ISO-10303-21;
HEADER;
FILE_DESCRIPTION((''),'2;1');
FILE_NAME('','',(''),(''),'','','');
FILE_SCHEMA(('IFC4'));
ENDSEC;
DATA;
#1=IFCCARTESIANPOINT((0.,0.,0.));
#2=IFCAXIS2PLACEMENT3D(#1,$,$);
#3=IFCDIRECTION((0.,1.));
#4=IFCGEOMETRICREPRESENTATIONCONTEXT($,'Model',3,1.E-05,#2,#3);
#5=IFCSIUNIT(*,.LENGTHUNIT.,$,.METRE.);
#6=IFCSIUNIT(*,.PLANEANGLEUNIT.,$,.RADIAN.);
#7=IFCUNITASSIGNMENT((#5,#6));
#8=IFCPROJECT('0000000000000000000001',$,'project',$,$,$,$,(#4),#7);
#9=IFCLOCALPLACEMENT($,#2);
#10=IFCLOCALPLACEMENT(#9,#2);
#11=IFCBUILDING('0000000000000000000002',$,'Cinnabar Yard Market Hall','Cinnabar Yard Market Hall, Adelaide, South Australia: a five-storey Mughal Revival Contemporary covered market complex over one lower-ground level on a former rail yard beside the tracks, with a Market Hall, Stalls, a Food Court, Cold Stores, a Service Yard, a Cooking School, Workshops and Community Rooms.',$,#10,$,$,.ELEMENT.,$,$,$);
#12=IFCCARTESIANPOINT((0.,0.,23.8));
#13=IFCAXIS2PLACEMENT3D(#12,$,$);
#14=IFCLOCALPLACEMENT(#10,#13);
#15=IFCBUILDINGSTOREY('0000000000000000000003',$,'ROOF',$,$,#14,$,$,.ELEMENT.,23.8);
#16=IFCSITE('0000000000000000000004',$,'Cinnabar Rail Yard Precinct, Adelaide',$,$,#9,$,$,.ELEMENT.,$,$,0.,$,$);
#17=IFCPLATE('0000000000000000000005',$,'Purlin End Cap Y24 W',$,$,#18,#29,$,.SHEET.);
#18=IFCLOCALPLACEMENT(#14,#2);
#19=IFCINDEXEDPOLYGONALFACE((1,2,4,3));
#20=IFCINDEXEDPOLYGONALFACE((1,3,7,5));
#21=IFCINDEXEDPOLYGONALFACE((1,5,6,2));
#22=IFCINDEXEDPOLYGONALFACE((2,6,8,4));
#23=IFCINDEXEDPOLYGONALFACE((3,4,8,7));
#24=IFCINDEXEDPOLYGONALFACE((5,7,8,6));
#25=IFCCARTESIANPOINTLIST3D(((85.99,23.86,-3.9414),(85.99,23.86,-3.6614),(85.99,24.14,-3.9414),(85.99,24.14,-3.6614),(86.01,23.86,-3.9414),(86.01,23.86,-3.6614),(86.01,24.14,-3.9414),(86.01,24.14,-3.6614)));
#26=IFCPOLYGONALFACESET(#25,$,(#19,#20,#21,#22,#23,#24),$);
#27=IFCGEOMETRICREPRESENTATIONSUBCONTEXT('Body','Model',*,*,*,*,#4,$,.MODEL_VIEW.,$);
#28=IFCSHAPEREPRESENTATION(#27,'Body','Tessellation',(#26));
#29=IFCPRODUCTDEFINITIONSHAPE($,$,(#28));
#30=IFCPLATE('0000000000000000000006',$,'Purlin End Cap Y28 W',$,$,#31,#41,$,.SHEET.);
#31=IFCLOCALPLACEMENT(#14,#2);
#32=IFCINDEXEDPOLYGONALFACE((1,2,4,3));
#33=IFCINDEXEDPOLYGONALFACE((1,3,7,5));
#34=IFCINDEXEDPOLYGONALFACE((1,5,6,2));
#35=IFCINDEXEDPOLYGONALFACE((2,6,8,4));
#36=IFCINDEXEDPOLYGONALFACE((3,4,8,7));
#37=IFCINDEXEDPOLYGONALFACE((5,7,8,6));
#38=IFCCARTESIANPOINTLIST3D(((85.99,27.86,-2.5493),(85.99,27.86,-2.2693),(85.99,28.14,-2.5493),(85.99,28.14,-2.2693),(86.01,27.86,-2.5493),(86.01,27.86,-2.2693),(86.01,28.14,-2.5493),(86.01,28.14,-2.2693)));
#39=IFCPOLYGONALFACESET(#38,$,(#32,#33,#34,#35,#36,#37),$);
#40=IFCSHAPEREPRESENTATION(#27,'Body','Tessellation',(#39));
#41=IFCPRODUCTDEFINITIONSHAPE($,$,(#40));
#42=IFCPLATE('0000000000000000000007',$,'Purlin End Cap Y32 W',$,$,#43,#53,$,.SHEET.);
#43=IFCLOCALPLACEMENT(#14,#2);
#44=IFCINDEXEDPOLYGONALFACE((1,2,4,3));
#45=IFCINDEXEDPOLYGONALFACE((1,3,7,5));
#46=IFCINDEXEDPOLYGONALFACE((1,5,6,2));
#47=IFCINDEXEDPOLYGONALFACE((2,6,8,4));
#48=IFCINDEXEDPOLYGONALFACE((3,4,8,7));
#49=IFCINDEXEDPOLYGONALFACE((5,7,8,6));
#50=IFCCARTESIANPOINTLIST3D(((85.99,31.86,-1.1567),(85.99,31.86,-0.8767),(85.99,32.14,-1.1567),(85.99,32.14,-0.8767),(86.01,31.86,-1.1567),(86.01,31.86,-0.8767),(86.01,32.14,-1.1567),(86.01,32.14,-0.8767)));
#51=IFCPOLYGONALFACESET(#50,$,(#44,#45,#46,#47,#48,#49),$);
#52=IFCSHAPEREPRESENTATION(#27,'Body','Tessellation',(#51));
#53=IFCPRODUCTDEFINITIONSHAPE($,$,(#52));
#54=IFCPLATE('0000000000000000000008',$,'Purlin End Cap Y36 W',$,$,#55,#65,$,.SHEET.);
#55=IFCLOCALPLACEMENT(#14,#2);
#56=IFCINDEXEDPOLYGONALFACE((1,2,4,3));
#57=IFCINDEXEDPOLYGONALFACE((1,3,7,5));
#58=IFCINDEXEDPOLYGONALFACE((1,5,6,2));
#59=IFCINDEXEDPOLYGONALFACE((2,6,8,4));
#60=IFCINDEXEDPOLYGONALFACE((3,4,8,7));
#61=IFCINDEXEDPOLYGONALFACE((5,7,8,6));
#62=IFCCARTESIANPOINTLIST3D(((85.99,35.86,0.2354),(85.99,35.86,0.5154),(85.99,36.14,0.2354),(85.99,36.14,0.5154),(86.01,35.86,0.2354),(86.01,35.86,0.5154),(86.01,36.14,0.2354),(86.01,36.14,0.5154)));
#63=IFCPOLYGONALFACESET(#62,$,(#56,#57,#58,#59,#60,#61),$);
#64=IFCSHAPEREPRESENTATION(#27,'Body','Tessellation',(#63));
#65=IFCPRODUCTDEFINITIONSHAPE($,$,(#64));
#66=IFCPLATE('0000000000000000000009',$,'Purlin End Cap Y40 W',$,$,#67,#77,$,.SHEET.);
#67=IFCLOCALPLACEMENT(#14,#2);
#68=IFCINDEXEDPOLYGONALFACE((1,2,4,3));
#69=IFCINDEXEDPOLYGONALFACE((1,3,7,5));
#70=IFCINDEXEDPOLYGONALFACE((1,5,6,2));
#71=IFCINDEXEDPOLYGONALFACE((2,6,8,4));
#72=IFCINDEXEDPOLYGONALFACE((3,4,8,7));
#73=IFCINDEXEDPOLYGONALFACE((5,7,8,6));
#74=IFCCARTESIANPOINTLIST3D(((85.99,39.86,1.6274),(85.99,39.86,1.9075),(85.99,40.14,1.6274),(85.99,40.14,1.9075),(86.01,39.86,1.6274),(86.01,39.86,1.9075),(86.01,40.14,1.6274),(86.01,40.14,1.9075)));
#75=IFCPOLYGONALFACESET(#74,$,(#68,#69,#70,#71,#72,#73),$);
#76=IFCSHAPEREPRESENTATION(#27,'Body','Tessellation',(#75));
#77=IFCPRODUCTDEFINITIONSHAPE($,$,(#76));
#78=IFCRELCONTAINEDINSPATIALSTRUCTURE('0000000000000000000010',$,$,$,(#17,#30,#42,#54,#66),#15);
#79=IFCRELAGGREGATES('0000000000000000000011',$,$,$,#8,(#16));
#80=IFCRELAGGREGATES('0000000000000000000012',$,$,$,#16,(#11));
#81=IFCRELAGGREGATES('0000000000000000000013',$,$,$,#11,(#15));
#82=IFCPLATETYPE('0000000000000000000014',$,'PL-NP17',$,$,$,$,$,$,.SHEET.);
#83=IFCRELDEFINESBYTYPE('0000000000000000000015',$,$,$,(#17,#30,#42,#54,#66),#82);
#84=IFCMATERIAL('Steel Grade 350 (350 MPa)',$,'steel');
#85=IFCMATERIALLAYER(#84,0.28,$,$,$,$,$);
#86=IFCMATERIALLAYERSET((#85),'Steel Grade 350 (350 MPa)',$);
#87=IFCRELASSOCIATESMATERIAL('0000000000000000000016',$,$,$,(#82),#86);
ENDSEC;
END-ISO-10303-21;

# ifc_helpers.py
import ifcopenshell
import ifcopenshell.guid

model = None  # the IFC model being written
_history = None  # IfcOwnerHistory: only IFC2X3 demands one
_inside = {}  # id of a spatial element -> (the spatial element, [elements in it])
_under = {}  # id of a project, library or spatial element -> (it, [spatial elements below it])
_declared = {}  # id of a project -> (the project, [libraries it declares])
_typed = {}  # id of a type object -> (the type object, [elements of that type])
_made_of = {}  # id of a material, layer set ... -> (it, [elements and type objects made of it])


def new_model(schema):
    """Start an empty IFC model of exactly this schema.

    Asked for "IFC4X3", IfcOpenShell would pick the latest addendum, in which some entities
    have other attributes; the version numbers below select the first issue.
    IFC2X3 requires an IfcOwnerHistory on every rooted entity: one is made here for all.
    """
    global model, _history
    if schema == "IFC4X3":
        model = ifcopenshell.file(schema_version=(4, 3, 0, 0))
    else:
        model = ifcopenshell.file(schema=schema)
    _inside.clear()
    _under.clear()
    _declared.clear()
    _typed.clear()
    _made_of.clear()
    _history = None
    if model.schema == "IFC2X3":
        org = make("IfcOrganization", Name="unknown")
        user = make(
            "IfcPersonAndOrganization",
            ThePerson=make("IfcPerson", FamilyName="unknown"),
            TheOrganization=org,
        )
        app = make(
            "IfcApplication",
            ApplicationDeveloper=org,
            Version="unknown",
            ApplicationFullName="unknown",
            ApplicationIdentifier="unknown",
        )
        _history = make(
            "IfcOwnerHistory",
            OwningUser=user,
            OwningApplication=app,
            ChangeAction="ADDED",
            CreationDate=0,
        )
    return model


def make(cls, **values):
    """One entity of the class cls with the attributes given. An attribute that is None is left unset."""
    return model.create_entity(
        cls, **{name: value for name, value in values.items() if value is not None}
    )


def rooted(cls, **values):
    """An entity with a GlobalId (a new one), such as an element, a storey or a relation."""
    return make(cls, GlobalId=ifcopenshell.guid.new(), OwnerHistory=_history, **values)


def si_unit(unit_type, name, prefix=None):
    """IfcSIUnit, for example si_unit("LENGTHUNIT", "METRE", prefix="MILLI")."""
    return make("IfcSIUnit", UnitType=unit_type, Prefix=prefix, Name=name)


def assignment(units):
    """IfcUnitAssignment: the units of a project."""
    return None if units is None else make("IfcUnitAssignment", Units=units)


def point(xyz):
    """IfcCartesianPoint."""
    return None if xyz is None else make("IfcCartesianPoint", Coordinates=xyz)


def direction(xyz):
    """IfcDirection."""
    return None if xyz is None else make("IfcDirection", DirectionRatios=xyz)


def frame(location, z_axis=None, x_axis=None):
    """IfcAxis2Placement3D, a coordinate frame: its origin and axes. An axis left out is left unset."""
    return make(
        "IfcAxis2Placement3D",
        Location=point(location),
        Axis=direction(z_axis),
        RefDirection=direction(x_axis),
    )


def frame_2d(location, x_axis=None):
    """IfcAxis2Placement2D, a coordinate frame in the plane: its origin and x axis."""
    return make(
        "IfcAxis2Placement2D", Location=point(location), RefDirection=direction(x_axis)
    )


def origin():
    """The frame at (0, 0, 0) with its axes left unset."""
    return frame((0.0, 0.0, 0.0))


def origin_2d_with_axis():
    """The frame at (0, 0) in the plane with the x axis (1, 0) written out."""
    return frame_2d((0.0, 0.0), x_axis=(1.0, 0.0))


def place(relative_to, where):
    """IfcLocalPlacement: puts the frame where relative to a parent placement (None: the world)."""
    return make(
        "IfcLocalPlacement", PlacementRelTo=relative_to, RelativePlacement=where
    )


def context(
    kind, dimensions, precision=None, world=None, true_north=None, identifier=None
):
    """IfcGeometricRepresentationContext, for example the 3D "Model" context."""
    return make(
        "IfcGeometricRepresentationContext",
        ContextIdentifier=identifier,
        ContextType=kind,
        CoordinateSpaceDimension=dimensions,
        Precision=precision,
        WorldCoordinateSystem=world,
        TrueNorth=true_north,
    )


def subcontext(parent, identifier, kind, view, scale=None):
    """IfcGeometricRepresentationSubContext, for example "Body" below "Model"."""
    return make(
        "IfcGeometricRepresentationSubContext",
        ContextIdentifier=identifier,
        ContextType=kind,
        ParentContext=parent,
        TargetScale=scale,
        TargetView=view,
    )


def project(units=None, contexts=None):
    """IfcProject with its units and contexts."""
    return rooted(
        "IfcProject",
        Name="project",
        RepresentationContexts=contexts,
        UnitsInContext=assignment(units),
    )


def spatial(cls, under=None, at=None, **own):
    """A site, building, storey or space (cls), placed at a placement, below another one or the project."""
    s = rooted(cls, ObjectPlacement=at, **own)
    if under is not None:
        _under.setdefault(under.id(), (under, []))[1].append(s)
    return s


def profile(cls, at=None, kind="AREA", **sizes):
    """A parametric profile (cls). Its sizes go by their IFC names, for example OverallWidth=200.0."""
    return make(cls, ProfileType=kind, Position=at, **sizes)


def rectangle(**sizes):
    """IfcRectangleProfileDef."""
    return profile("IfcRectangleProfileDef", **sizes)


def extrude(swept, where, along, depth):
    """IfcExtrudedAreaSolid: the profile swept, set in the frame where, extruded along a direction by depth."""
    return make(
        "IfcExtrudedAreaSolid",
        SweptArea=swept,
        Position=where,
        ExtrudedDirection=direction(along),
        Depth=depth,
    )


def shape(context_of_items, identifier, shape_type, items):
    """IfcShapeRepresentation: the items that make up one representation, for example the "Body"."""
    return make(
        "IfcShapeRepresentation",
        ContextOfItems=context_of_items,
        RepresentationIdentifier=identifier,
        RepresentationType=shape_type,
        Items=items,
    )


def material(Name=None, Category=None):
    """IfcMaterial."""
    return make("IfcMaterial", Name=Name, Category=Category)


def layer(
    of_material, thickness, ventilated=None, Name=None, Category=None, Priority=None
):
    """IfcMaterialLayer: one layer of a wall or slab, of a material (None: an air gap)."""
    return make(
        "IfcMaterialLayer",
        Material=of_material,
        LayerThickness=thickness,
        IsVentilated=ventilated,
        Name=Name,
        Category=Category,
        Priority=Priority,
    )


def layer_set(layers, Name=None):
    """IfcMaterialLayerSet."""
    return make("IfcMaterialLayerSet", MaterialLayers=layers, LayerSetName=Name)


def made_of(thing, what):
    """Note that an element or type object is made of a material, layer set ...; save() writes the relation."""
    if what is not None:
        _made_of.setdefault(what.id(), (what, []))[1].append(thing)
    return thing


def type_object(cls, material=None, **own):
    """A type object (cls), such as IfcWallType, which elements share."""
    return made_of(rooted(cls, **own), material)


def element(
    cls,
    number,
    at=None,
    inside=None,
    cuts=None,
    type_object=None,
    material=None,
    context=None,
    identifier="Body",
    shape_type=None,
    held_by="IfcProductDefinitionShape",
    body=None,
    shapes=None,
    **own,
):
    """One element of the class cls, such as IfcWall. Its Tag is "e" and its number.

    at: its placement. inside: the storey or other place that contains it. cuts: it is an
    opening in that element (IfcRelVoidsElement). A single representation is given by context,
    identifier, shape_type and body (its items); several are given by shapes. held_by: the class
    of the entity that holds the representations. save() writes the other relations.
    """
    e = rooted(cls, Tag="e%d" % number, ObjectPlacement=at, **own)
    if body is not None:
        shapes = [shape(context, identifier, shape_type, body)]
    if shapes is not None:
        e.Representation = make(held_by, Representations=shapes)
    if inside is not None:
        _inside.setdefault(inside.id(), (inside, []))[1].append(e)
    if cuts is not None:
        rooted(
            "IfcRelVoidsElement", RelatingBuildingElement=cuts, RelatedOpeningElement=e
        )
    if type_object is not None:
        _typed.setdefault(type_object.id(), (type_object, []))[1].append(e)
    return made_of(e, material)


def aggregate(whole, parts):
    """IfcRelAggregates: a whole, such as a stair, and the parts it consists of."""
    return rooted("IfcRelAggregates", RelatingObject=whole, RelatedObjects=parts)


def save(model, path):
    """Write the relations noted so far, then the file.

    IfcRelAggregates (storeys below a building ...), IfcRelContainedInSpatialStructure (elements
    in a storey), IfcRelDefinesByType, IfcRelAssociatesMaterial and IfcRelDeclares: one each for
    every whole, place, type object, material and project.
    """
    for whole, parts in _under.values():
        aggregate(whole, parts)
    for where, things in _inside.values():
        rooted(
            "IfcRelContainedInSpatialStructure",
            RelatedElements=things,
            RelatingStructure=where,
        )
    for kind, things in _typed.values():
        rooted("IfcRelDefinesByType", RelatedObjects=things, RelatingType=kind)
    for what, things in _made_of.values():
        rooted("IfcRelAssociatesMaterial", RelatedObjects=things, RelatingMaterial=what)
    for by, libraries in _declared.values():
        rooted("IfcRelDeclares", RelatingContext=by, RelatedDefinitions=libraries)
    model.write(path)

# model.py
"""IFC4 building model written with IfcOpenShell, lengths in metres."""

from ifc_helpers import new_model, si_unit, direction, frame, origin, origin_2d_with_axis, place, context, subcontext, project, spatial, rectangle, extrude, material, layer, layer_set, type_object, element, save


model = new_model("IFC4")

# Units and contexts
model_context = context("Model", 3, precision=1e-05, world=origin(), true_north=direction((0.0, 1.0)))
body_context = subcontext(model_context, "Body", "Model", "MODEL_VIEW")
ifc_project = project(units=[si_unit("LENGTHUNIT", "METRE"), si_unit("PLANEANGLEUNIT", "RADIAN")], contexts=[model_context])

# Site, building, storey
site_placement = place(None, origin())
site = spatial("IfcSite", under=ifc_project, at=site_placement, Name="Cinnabar Rail Yard Precinct, Adelaide", CompositionType="ELEMENT", RefElevation=0.0)
building_placement = place(site_placement, origin())
building = spatial("IfcBuilding", under=site, at=building_placement, Name="Cinnabar Yard Market Hall", Description="Cinnabar Yard Market Hall, Adelaide, South Australia: a five-storey Mughal Revival Contemporary covered market complex over one lower-ground level on a former rail yard beside the tracks, with a Market Hall, Stalls, a Food Court, Cold Stores, a Service Yard, a Cooking School, Workshops and Community Rooms.", CompositionType="ELEMENT")
storey_placement = place(building_placement, frame((0.0, 0.0, 23.8)))
storey = spatial("IfcBuildingStorey", under=building, at=storey_placement, Name="ROOF", CompositionType="ELEMENT", Elevation=23.8)

# Plates
ifc_material_1 = material(Name="Steel Grade 350 (350 MPa)", Category="steel")
ifc_layer_1 = layer(ifc_material_1, 0.28)
ifc_layer_set_1 = layer_set([ifc_layer_1], Name="Steel Grade 350 (350 MPa)")
plate_type_1 = type_object("IfcPlateType", Name="PL-NP17", PredefinedType="SHEET", material=ifc_layer_set_1)
for number, where, z_axis, x_axis, name in (
    (1, (86.0, 24.0, -3.9414), (0.0, 0.0, 1.0), (1.0, 0.0, 0.0), "Purlin End Cap Y24 W"),
    (2, (86.0, 28.0, -2.5493), (0.0, 0.0, 1.0), (1.0, 0.0, 0.0), "Purlin End Cap Y28 W"),
    (3, (86.0, 32.0, -1.1567), (0.0, 0.0, 1.0), (1.0, 0.0, 0.0), "Purlin End Cap Y32 W"),
    (4, (86.0, 36.0, 0.2354), (0.0, 0.0, 1.0), (1.0, 0.0, 0.0), "Purlin End Cap Y36 W"),
    (5, (86.0, 40.0, 1.6274), (0.0, 0.0, 1.0), (1.0, 0.0, 0.0), "Purlin End Cap Y40 W"),
):
    element("IfcPlate", number, at=place(storey_placement, frame(where, z_axis=z_axis, x_axis=x_axis)), inside=storey, type_object=plate_type_1, Name=name, PredefinedType="SHEET", context=body_context, shape_type="SweptSolid", body=[
        extrude(rectangle(XDim=0.02, YDim=0.28, at=origin_2d_with_axis()), origin(), (0.0, 0.0, 1.0), 0.28),
    ])

save(model, "model.ifc")
